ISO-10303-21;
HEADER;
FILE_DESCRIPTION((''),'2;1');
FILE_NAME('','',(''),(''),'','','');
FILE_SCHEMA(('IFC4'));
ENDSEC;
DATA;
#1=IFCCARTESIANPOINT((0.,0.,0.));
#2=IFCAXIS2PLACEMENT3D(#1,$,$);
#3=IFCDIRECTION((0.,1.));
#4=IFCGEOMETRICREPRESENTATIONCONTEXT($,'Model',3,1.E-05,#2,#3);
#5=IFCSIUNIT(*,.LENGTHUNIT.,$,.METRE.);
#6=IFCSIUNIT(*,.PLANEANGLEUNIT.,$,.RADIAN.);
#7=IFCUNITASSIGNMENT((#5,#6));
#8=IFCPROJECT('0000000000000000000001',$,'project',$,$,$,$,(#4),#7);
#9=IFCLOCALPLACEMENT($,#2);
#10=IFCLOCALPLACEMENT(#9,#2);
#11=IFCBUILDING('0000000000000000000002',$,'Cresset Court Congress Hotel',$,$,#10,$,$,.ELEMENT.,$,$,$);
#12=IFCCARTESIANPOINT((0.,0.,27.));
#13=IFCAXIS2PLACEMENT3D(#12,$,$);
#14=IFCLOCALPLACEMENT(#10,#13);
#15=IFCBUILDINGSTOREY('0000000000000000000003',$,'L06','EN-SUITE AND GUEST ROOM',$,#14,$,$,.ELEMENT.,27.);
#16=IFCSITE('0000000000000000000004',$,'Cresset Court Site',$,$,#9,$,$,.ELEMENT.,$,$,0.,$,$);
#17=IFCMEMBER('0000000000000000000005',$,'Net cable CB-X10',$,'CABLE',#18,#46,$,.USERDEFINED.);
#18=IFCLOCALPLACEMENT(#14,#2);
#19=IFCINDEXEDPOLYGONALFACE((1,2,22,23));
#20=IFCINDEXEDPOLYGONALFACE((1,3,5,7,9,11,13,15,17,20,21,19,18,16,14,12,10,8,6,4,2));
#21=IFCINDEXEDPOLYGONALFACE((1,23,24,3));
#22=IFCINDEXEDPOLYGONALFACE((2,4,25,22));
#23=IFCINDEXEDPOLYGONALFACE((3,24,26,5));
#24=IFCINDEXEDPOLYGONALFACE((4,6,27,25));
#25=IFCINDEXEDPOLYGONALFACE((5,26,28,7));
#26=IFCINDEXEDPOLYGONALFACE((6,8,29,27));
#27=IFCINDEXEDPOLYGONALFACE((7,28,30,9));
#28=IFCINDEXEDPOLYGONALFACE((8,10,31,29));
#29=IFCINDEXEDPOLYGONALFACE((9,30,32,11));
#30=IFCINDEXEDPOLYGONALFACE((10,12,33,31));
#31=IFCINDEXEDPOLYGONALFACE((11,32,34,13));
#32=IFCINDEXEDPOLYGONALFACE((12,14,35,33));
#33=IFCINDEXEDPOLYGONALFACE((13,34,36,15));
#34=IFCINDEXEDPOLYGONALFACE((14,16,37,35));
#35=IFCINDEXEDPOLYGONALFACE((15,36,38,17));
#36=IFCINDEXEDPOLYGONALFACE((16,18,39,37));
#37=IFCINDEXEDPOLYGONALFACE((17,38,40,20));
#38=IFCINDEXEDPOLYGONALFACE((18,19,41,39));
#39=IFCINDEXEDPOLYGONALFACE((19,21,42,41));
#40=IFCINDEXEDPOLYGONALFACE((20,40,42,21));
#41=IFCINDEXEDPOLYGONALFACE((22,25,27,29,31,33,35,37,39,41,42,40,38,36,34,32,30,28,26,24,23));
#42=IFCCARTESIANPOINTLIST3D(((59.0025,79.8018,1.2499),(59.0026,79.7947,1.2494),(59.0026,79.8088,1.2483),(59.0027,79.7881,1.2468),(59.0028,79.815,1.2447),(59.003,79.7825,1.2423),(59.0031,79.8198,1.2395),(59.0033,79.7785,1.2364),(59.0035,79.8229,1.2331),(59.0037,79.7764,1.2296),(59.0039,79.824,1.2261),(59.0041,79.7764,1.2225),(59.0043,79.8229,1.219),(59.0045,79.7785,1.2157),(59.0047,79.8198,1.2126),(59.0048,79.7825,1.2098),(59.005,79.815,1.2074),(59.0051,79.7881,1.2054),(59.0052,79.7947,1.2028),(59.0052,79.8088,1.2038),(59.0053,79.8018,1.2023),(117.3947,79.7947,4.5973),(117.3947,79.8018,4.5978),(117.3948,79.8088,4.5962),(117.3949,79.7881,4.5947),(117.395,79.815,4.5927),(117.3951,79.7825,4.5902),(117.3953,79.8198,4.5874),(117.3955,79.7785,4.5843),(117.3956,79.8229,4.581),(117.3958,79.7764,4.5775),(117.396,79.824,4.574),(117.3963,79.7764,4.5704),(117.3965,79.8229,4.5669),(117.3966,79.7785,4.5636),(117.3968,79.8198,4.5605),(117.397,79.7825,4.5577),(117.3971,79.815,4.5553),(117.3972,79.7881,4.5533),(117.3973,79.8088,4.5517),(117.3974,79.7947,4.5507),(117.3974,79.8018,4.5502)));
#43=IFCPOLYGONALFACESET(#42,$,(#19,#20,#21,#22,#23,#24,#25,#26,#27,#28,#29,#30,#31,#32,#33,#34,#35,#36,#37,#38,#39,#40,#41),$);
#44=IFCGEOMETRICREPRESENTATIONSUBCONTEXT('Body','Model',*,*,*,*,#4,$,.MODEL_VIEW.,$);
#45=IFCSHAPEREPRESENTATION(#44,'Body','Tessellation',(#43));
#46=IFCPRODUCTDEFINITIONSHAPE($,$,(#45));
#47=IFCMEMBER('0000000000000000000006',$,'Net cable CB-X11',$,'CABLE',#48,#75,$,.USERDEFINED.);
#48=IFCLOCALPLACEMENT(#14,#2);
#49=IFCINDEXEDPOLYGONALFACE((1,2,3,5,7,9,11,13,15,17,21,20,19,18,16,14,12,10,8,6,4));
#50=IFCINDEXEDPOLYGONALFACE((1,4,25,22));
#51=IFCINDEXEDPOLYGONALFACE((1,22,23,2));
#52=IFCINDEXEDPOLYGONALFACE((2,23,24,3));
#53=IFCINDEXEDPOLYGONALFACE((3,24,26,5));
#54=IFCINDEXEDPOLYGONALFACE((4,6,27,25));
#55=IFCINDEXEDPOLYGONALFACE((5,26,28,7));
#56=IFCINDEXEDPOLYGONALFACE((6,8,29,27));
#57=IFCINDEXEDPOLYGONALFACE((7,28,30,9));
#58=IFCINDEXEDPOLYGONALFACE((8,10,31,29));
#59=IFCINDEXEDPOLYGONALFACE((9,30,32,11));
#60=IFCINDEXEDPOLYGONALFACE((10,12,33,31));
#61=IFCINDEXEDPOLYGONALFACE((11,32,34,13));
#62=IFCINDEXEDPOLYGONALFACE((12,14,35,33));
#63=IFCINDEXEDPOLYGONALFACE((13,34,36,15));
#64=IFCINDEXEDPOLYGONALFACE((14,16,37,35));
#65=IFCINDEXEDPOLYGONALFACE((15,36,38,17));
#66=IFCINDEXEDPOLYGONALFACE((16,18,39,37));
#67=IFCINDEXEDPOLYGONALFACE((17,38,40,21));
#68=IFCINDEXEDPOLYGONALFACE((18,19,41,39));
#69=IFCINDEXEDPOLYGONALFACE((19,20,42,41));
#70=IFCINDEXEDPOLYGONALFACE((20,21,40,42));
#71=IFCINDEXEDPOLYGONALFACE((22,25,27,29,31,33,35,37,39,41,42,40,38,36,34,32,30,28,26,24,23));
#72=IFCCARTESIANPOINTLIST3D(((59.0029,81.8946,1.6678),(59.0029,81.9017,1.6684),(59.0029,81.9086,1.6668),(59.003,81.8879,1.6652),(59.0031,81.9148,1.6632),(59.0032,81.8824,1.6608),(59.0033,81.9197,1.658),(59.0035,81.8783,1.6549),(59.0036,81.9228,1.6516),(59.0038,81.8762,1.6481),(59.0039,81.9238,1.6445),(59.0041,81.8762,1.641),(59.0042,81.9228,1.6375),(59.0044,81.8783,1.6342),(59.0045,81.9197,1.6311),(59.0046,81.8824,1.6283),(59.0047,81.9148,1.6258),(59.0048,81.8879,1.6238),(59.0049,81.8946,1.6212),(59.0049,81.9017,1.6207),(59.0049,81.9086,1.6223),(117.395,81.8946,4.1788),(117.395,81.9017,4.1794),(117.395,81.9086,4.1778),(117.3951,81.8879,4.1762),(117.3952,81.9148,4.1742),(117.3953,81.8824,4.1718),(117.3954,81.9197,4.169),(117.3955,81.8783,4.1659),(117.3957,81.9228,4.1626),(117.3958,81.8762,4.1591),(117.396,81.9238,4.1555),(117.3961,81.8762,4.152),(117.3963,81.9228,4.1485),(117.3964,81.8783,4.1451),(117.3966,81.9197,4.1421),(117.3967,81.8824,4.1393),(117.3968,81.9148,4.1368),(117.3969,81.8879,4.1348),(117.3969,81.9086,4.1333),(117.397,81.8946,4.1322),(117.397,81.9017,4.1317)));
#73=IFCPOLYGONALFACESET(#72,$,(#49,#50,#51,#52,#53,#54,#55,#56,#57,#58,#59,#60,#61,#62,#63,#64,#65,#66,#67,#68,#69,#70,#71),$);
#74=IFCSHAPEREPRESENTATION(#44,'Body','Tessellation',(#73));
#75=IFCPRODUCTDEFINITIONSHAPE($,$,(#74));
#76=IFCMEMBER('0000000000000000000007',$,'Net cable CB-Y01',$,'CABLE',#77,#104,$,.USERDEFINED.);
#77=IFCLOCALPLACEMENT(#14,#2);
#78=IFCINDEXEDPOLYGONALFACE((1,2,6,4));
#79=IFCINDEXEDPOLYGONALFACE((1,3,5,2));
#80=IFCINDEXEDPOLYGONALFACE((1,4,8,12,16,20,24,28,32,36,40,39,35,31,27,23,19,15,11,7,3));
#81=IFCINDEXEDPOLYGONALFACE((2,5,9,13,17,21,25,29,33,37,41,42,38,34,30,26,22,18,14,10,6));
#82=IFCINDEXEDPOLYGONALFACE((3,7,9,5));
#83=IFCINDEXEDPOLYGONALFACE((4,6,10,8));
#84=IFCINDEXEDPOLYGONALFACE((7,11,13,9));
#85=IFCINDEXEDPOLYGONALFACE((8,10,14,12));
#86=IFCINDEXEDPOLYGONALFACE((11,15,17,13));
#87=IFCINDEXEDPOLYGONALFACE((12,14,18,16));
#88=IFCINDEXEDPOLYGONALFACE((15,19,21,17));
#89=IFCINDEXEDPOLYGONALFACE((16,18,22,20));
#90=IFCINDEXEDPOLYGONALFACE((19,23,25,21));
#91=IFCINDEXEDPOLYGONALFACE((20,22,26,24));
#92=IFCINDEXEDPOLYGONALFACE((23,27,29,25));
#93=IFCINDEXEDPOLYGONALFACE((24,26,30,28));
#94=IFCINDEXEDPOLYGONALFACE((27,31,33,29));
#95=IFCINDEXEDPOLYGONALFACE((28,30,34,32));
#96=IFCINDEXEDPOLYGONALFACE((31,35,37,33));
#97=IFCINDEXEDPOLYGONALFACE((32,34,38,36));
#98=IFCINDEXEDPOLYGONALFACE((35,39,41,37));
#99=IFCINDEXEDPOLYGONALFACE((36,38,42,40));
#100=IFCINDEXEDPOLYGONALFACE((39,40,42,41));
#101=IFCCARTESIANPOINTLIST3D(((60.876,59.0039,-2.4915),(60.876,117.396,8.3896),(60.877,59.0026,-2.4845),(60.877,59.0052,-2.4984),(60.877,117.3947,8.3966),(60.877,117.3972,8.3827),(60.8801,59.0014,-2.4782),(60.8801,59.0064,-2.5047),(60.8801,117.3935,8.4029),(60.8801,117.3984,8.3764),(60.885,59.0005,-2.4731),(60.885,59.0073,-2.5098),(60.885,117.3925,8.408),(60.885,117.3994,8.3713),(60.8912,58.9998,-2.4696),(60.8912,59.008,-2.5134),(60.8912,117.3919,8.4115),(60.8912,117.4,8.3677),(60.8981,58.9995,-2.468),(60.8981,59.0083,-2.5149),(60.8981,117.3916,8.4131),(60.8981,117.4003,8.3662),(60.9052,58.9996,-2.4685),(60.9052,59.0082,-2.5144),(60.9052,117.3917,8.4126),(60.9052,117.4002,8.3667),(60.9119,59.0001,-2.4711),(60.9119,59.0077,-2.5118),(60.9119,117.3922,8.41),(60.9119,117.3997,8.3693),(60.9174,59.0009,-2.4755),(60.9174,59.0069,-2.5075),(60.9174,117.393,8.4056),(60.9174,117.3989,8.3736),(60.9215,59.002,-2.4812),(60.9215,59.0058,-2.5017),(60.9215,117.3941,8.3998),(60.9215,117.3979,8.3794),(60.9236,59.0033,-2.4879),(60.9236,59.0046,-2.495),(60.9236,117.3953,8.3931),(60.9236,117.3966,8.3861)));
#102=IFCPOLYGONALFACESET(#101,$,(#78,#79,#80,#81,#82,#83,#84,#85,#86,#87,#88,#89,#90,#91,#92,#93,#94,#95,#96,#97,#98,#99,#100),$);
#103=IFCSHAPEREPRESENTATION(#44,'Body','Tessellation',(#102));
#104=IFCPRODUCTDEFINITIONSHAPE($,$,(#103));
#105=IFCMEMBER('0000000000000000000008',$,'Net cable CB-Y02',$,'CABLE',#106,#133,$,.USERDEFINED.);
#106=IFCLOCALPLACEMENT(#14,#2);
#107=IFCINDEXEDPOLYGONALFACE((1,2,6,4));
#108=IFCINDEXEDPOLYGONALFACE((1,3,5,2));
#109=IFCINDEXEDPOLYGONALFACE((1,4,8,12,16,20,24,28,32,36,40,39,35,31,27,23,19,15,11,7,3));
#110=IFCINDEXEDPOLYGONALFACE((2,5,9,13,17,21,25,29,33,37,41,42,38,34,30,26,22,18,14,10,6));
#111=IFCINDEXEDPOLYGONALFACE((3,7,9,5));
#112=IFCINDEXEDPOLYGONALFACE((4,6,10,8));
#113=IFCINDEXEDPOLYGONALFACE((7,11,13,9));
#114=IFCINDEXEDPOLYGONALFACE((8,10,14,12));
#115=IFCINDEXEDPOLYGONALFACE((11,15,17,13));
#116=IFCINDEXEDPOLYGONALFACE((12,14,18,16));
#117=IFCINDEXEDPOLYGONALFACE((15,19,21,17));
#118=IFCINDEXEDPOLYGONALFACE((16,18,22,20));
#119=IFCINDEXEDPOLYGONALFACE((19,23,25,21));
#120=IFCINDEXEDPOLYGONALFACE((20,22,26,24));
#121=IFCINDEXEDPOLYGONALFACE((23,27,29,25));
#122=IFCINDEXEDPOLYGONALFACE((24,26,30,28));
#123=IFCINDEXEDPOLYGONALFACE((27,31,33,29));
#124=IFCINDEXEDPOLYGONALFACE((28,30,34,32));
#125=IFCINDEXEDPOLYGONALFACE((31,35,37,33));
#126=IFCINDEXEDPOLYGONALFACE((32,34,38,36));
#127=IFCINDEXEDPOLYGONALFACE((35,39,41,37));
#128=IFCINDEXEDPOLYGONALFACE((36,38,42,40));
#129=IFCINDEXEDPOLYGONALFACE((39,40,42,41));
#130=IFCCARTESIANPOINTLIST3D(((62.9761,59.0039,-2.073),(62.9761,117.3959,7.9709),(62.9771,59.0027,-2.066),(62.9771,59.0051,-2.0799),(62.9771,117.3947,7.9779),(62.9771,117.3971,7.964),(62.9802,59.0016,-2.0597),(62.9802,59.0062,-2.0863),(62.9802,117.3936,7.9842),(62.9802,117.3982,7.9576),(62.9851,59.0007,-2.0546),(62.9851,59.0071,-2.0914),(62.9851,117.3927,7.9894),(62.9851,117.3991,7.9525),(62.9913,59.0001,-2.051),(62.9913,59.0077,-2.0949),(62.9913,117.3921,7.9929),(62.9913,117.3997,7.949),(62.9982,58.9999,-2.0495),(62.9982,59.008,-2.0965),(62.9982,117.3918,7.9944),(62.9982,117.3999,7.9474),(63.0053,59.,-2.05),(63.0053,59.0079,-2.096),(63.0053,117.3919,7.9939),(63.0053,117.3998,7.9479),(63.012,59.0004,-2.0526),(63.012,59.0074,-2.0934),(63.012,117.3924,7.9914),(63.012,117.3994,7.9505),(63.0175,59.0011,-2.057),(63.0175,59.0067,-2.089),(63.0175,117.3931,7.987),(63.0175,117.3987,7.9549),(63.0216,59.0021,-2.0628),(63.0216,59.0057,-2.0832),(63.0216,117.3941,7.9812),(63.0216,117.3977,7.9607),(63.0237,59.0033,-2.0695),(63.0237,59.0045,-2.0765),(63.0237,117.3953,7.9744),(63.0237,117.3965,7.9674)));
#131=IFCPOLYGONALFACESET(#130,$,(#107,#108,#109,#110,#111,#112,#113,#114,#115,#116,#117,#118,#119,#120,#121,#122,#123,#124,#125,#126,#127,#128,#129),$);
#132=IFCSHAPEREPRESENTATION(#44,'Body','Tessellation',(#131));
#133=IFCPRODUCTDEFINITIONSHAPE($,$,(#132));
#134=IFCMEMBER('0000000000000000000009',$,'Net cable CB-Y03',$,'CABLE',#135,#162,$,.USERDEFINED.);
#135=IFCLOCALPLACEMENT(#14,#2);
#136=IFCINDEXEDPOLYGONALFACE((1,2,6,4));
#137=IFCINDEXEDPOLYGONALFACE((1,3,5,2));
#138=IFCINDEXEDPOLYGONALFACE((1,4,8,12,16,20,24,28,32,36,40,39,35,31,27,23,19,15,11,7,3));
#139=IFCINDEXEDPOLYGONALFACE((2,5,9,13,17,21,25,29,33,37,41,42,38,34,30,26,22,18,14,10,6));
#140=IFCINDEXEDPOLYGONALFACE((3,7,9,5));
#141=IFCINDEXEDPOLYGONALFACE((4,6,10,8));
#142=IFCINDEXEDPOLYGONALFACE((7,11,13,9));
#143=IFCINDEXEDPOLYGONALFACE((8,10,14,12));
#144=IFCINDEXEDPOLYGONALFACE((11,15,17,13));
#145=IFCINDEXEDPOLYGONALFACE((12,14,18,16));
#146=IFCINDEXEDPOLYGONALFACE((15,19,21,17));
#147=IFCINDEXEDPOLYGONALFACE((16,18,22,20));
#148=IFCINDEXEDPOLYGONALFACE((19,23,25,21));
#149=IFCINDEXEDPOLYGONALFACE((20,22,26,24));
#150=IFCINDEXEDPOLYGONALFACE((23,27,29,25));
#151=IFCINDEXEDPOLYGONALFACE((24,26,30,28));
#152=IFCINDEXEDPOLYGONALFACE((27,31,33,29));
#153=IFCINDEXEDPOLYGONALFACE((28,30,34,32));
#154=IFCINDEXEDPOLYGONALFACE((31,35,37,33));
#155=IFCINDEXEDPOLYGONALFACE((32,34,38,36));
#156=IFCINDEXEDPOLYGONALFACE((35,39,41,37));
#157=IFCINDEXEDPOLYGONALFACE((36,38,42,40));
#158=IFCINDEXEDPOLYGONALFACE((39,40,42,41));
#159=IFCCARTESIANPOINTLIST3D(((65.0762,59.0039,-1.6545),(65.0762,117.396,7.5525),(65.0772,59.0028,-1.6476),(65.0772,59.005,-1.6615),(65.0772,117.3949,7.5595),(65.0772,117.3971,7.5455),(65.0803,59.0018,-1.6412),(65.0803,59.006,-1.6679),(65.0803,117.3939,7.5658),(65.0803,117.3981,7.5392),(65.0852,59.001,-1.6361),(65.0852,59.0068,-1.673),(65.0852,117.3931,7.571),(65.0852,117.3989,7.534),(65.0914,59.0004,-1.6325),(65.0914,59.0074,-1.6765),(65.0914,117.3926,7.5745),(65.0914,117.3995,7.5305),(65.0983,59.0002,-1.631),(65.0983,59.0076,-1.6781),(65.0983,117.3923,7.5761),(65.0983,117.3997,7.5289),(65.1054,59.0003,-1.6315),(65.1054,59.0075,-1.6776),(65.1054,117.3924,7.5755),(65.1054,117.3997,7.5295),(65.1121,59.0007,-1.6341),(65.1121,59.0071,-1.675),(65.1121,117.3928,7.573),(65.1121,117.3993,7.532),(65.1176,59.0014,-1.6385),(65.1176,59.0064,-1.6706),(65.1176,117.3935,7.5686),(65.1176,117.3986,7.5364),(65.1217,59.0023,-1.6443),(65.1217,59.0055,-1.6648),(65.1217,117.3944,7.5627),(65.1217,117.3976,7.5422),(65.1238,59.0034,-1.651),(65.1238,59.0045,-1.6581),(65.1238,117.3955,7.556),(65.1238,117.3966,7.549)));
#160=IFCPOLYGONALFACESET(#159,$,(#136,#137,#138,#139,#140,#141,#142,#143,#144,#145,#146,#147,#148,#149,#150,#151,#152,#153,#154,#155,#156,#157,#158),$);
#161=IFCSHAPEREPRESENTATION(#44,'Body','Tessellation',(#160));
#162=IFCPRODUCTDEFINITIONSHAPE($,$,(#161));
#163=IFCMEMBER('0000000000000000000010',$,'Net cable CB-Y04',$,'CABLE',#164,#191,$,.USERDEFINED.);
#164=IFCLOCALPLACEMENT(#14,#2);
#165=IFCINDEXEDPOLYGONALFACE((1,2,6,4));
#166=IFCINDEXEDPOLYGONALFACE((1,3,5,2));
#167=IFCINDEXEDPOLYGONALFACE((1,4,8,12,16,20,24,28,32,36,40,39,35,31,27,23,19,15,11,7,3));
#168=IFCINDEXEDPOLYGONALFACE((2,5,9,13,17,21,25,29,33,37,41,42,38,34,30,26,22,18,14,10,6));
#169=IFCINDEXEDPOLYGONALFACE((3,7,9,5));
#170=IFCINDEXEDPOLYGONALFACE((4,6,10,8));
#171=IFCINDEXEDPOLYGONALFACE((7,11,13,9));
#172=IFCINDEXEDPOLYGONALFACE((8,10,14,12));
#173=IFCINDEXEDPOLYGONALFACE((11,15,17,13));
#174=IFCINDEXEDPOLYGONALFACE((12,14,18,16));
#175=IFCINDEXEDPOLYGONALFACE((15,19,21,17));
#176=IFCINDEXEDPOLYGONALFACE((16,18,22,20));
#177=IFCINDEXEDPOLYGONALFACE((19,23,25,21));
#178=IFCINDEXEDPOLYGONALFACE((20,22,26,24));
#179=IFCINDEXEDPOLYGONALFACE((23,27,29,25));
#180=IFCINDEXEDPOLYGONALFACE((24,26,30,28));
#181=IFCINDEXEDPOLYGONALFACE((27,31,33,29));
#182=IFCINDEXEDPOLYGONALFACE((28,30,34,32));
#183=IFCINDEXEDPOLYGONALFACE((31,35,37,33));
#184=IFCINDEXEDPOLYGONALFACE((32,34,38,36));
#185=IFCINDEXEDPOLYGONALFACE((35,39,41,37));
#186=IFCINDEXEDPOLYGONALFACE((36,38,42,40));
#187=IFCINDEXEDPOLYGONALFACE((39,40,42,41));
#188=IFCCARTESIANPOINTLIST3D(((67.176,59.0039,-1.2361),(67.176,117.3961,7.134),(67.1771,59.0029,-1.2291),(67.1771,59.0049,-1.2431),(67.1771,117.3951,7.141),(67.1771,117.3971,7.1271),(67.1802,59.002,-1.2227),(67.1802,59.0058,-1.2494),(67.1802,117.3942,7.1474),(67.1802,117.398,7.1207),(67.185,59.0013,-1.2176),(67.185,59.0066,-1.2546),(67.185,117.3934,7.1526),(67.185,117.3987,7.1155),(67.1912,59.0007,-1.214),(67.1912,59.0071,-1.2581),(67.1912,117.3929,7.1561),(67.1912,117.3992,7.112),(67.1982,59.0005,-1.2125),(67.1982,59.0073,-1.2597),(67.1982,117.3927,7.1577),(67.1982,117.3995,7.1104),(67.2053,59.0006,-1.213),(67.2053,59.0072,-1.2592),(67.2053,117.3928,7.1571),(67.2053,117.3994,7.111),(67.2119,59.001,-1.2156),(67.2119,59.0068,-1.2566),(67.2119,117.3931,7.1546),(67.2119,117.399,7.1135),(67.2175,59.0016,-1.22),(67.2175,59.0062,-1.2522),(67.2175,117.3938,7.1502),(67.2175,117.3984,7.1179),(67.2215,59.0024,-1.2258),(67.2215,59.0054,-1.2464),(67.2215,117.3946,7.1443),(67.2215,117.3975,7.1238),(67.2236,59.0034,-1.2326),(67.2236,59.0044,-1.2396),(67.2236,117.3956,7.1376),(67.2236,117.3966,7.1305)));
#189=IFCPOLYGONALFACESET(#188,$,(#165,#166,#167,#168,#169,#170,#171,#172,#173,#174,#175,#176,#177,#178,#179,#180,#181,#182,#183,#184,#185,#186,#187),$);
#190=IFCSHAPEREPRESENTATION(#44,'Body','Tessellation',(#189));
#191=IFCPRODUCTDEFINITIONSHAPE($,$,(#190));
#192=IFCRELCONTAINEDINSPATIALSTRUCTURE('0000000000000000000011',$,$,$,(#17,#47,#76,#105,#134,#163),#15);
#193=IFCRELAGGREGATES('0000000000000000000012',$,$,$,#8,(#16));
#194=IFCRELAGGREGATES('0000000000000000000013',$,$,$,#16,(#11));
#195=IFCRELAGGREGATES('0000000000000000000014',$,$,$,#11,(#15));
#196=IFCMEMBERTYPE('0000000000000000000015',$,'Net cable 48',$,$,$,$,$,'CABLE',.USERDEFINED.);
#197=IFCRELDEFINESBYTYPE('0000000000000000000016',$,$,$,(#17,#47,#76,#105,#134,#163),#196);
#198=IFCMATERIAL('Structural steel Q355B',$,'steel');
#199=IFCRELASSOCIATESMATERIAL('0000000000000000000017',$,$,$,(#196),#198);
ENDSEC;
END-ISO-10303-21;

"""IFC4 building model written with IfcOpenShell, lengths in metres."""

from ifc_helpers import new_model, si_unit, direction, frame, origin, origin_2d, place, context, subcontext, project, spatial, circle, extrude, material, material_profile, profile_set, type_object, element, save


model = new_model("IFC4")

# Units and contexts
model_context = context("Model", 3, precision=1e-05, world=origin(), true_north=direction((0.0, 1.0)))
body_context = subcontext(model_context, "Body", "Model", "MODEL_VIEW")
ifc_project = project(units=[si_unit("LENGTHUNIT", "METRE"), si_unit("PLANEANGLEUNIT", "RADIAN")], contexts=[model_context])

# Site, building, storey
site_placement = place(None, origin())
site = spatial("IfcSite", under=ifc_project, at=site_placement, Name="Cresset Court Site", CompositionType="ELEMENT", RefElevation=0.0)
building_placement = place(site_placement, origin())
building = spatial("IfcBuilding", under=site, at=building_placement, Name="Cresset Court Congress Hotel", CompositionType="ELEMENT")
storey_placement = place(building_placement, frame((0.0, 0.0, 27.0)))
storey = spatial("IfcBuildingStorey", under=building, at=storey_placement, Name="L06", Description="EN-SUITE AND GUEST ROOM", CompositionType="ELEMENT", Elevation=27.0)

# Members
ifc_material_1 = material(Name="Structural steel Q355B", Category="steel")
ifc_material_profile_1 = material_profile(ifc_material_1, circle(Radius=0.0239, at=origin_2d()), Name="CABLE48")
ifc_profile_set_1 = profile_set([ifc_material_profile_1], Name="Structural steel Q355B")
member_type_1 = type_object("IfcMemberType", Name="Net cable 48", ElementType="CABLE", PredefinedType="USERDEFINED", material=ifc_profile_set_1)
member_1_placement = place(storey_placement, frame((59.0039, 79.8, 1.2261), z_axis=(0.99836, 0.0, 0.057241), x_axis=(0.0, 1.0, 0.0)))
element("IfcMember", 1, at=member_1_placement, inside=storey, type_object=member_type_1, Name="Net cable CB-X10", ObjectType="CABLE", PredefinedType="USERDEFINED", context=body_context, shape_type="SweptSolid", body=[
    extrude(circle(Radius=0.0239, at=origin_2d()), origin(), (0.0, 0.0, 1.0), 58.488),
])
member_2_placement = place(storey_placement, frame((59.0039, 81.8999, 1.6445), z_axis=(0.999077, 0.0, 0.042962), x_axis=(0.0, 1.0, 0.0)))
element("IfcMember", 2, at=member_2_placement, inside=storey, type_object=member_type_1, Name="Net cable CB-X11", ObjectType="CABLE", PredefinedType="USERDEFINED", context=body_context, shape_type="SweptSolid", body=[
    extrude(circle(Radius=0.0239, at=origin_2d()), origin(), (0.0, 0.0, 1.0), 58.446),
])
member_3_placement = place(storey_placement, frame((60.8999, 59.0039, -2.4915), z_axis=(0.0, 0.983077, 0.183192), x_axis=(-1.0, 0.0, 0.0)))
element("IfcMember", 3, at=member_3_placement, inside=storey, type_object=member_type_1, Name="Net cable CB-Y01", ObjectType="CABLE", PredefinedType="USERDEFINED", context=body_context, shape_type="SweptSolid", body=[
    extrude(circle(Radius=0.0239, at=origin_2d()), origin(), (0.0, 0.0, 1.0), 59.3972),
])
member_4_placement = place(storey_placement, frame((63.0, 59.0039, -2.073), z_axis=(0.0, 0.985527, 0.169519), x_axis=(-1.0, 0.0, 0.0)))
element("IfcMember", 4, at=member_4_placement, inside=storey, type_object=member_type_1, Name="Net cable CB-Y02", ObjectType="CABLE", PredefinedType="USERDEFINED", context=body_context, shape_type="SweptSolid", body=[
    extrude(circle(Radius=0.0239, at=origin_2d()), origin(), (0.0, 0.0, 1.0), 59.2495),
])
member_5_placement = place(storey_placement, frame((65.1001, 59.0039, -1.6545), z_axis=(0.0, 0.987796, 0.155752), x_axis=(-1.0, 0.0, 0.0)))
element("IfcMember", 5, at=member_5_placement, inside=storey, type_object=member_type_1, Name="Net cable CB-Y03", ObjectType="CABLE", PredefinedType="USERDEFINED", context=body_context, shape_type="SweptSolid", body=[
    extrude(circle(Radius=0.0239, at=origin_2d()), origin(), (0.0, 0.0, 1.0), 59.1135),
])
member_6_placement = place(storey_placement, frame((67.2, 59.0039, -1.2361), z_axis=(0.0, 0.989882, 0.141893), x_axis=(-1.0, 0.0, 0.0)))
element("IfcMember", 6, at=member_6_placement, inside=storey, type_object=member_type_1, Name="Net cable CB-Y04", ObjectType="CABLE", PredefinedType="USERDEFINED", context=body_context, shape_type="SweptSolid", body=[
    extrude(circle(Radius=0.0239, at=origin_2d()), origin(), (0.0, 0.0, 1.0), 58.989),
])

save(model, "model.ifc")
